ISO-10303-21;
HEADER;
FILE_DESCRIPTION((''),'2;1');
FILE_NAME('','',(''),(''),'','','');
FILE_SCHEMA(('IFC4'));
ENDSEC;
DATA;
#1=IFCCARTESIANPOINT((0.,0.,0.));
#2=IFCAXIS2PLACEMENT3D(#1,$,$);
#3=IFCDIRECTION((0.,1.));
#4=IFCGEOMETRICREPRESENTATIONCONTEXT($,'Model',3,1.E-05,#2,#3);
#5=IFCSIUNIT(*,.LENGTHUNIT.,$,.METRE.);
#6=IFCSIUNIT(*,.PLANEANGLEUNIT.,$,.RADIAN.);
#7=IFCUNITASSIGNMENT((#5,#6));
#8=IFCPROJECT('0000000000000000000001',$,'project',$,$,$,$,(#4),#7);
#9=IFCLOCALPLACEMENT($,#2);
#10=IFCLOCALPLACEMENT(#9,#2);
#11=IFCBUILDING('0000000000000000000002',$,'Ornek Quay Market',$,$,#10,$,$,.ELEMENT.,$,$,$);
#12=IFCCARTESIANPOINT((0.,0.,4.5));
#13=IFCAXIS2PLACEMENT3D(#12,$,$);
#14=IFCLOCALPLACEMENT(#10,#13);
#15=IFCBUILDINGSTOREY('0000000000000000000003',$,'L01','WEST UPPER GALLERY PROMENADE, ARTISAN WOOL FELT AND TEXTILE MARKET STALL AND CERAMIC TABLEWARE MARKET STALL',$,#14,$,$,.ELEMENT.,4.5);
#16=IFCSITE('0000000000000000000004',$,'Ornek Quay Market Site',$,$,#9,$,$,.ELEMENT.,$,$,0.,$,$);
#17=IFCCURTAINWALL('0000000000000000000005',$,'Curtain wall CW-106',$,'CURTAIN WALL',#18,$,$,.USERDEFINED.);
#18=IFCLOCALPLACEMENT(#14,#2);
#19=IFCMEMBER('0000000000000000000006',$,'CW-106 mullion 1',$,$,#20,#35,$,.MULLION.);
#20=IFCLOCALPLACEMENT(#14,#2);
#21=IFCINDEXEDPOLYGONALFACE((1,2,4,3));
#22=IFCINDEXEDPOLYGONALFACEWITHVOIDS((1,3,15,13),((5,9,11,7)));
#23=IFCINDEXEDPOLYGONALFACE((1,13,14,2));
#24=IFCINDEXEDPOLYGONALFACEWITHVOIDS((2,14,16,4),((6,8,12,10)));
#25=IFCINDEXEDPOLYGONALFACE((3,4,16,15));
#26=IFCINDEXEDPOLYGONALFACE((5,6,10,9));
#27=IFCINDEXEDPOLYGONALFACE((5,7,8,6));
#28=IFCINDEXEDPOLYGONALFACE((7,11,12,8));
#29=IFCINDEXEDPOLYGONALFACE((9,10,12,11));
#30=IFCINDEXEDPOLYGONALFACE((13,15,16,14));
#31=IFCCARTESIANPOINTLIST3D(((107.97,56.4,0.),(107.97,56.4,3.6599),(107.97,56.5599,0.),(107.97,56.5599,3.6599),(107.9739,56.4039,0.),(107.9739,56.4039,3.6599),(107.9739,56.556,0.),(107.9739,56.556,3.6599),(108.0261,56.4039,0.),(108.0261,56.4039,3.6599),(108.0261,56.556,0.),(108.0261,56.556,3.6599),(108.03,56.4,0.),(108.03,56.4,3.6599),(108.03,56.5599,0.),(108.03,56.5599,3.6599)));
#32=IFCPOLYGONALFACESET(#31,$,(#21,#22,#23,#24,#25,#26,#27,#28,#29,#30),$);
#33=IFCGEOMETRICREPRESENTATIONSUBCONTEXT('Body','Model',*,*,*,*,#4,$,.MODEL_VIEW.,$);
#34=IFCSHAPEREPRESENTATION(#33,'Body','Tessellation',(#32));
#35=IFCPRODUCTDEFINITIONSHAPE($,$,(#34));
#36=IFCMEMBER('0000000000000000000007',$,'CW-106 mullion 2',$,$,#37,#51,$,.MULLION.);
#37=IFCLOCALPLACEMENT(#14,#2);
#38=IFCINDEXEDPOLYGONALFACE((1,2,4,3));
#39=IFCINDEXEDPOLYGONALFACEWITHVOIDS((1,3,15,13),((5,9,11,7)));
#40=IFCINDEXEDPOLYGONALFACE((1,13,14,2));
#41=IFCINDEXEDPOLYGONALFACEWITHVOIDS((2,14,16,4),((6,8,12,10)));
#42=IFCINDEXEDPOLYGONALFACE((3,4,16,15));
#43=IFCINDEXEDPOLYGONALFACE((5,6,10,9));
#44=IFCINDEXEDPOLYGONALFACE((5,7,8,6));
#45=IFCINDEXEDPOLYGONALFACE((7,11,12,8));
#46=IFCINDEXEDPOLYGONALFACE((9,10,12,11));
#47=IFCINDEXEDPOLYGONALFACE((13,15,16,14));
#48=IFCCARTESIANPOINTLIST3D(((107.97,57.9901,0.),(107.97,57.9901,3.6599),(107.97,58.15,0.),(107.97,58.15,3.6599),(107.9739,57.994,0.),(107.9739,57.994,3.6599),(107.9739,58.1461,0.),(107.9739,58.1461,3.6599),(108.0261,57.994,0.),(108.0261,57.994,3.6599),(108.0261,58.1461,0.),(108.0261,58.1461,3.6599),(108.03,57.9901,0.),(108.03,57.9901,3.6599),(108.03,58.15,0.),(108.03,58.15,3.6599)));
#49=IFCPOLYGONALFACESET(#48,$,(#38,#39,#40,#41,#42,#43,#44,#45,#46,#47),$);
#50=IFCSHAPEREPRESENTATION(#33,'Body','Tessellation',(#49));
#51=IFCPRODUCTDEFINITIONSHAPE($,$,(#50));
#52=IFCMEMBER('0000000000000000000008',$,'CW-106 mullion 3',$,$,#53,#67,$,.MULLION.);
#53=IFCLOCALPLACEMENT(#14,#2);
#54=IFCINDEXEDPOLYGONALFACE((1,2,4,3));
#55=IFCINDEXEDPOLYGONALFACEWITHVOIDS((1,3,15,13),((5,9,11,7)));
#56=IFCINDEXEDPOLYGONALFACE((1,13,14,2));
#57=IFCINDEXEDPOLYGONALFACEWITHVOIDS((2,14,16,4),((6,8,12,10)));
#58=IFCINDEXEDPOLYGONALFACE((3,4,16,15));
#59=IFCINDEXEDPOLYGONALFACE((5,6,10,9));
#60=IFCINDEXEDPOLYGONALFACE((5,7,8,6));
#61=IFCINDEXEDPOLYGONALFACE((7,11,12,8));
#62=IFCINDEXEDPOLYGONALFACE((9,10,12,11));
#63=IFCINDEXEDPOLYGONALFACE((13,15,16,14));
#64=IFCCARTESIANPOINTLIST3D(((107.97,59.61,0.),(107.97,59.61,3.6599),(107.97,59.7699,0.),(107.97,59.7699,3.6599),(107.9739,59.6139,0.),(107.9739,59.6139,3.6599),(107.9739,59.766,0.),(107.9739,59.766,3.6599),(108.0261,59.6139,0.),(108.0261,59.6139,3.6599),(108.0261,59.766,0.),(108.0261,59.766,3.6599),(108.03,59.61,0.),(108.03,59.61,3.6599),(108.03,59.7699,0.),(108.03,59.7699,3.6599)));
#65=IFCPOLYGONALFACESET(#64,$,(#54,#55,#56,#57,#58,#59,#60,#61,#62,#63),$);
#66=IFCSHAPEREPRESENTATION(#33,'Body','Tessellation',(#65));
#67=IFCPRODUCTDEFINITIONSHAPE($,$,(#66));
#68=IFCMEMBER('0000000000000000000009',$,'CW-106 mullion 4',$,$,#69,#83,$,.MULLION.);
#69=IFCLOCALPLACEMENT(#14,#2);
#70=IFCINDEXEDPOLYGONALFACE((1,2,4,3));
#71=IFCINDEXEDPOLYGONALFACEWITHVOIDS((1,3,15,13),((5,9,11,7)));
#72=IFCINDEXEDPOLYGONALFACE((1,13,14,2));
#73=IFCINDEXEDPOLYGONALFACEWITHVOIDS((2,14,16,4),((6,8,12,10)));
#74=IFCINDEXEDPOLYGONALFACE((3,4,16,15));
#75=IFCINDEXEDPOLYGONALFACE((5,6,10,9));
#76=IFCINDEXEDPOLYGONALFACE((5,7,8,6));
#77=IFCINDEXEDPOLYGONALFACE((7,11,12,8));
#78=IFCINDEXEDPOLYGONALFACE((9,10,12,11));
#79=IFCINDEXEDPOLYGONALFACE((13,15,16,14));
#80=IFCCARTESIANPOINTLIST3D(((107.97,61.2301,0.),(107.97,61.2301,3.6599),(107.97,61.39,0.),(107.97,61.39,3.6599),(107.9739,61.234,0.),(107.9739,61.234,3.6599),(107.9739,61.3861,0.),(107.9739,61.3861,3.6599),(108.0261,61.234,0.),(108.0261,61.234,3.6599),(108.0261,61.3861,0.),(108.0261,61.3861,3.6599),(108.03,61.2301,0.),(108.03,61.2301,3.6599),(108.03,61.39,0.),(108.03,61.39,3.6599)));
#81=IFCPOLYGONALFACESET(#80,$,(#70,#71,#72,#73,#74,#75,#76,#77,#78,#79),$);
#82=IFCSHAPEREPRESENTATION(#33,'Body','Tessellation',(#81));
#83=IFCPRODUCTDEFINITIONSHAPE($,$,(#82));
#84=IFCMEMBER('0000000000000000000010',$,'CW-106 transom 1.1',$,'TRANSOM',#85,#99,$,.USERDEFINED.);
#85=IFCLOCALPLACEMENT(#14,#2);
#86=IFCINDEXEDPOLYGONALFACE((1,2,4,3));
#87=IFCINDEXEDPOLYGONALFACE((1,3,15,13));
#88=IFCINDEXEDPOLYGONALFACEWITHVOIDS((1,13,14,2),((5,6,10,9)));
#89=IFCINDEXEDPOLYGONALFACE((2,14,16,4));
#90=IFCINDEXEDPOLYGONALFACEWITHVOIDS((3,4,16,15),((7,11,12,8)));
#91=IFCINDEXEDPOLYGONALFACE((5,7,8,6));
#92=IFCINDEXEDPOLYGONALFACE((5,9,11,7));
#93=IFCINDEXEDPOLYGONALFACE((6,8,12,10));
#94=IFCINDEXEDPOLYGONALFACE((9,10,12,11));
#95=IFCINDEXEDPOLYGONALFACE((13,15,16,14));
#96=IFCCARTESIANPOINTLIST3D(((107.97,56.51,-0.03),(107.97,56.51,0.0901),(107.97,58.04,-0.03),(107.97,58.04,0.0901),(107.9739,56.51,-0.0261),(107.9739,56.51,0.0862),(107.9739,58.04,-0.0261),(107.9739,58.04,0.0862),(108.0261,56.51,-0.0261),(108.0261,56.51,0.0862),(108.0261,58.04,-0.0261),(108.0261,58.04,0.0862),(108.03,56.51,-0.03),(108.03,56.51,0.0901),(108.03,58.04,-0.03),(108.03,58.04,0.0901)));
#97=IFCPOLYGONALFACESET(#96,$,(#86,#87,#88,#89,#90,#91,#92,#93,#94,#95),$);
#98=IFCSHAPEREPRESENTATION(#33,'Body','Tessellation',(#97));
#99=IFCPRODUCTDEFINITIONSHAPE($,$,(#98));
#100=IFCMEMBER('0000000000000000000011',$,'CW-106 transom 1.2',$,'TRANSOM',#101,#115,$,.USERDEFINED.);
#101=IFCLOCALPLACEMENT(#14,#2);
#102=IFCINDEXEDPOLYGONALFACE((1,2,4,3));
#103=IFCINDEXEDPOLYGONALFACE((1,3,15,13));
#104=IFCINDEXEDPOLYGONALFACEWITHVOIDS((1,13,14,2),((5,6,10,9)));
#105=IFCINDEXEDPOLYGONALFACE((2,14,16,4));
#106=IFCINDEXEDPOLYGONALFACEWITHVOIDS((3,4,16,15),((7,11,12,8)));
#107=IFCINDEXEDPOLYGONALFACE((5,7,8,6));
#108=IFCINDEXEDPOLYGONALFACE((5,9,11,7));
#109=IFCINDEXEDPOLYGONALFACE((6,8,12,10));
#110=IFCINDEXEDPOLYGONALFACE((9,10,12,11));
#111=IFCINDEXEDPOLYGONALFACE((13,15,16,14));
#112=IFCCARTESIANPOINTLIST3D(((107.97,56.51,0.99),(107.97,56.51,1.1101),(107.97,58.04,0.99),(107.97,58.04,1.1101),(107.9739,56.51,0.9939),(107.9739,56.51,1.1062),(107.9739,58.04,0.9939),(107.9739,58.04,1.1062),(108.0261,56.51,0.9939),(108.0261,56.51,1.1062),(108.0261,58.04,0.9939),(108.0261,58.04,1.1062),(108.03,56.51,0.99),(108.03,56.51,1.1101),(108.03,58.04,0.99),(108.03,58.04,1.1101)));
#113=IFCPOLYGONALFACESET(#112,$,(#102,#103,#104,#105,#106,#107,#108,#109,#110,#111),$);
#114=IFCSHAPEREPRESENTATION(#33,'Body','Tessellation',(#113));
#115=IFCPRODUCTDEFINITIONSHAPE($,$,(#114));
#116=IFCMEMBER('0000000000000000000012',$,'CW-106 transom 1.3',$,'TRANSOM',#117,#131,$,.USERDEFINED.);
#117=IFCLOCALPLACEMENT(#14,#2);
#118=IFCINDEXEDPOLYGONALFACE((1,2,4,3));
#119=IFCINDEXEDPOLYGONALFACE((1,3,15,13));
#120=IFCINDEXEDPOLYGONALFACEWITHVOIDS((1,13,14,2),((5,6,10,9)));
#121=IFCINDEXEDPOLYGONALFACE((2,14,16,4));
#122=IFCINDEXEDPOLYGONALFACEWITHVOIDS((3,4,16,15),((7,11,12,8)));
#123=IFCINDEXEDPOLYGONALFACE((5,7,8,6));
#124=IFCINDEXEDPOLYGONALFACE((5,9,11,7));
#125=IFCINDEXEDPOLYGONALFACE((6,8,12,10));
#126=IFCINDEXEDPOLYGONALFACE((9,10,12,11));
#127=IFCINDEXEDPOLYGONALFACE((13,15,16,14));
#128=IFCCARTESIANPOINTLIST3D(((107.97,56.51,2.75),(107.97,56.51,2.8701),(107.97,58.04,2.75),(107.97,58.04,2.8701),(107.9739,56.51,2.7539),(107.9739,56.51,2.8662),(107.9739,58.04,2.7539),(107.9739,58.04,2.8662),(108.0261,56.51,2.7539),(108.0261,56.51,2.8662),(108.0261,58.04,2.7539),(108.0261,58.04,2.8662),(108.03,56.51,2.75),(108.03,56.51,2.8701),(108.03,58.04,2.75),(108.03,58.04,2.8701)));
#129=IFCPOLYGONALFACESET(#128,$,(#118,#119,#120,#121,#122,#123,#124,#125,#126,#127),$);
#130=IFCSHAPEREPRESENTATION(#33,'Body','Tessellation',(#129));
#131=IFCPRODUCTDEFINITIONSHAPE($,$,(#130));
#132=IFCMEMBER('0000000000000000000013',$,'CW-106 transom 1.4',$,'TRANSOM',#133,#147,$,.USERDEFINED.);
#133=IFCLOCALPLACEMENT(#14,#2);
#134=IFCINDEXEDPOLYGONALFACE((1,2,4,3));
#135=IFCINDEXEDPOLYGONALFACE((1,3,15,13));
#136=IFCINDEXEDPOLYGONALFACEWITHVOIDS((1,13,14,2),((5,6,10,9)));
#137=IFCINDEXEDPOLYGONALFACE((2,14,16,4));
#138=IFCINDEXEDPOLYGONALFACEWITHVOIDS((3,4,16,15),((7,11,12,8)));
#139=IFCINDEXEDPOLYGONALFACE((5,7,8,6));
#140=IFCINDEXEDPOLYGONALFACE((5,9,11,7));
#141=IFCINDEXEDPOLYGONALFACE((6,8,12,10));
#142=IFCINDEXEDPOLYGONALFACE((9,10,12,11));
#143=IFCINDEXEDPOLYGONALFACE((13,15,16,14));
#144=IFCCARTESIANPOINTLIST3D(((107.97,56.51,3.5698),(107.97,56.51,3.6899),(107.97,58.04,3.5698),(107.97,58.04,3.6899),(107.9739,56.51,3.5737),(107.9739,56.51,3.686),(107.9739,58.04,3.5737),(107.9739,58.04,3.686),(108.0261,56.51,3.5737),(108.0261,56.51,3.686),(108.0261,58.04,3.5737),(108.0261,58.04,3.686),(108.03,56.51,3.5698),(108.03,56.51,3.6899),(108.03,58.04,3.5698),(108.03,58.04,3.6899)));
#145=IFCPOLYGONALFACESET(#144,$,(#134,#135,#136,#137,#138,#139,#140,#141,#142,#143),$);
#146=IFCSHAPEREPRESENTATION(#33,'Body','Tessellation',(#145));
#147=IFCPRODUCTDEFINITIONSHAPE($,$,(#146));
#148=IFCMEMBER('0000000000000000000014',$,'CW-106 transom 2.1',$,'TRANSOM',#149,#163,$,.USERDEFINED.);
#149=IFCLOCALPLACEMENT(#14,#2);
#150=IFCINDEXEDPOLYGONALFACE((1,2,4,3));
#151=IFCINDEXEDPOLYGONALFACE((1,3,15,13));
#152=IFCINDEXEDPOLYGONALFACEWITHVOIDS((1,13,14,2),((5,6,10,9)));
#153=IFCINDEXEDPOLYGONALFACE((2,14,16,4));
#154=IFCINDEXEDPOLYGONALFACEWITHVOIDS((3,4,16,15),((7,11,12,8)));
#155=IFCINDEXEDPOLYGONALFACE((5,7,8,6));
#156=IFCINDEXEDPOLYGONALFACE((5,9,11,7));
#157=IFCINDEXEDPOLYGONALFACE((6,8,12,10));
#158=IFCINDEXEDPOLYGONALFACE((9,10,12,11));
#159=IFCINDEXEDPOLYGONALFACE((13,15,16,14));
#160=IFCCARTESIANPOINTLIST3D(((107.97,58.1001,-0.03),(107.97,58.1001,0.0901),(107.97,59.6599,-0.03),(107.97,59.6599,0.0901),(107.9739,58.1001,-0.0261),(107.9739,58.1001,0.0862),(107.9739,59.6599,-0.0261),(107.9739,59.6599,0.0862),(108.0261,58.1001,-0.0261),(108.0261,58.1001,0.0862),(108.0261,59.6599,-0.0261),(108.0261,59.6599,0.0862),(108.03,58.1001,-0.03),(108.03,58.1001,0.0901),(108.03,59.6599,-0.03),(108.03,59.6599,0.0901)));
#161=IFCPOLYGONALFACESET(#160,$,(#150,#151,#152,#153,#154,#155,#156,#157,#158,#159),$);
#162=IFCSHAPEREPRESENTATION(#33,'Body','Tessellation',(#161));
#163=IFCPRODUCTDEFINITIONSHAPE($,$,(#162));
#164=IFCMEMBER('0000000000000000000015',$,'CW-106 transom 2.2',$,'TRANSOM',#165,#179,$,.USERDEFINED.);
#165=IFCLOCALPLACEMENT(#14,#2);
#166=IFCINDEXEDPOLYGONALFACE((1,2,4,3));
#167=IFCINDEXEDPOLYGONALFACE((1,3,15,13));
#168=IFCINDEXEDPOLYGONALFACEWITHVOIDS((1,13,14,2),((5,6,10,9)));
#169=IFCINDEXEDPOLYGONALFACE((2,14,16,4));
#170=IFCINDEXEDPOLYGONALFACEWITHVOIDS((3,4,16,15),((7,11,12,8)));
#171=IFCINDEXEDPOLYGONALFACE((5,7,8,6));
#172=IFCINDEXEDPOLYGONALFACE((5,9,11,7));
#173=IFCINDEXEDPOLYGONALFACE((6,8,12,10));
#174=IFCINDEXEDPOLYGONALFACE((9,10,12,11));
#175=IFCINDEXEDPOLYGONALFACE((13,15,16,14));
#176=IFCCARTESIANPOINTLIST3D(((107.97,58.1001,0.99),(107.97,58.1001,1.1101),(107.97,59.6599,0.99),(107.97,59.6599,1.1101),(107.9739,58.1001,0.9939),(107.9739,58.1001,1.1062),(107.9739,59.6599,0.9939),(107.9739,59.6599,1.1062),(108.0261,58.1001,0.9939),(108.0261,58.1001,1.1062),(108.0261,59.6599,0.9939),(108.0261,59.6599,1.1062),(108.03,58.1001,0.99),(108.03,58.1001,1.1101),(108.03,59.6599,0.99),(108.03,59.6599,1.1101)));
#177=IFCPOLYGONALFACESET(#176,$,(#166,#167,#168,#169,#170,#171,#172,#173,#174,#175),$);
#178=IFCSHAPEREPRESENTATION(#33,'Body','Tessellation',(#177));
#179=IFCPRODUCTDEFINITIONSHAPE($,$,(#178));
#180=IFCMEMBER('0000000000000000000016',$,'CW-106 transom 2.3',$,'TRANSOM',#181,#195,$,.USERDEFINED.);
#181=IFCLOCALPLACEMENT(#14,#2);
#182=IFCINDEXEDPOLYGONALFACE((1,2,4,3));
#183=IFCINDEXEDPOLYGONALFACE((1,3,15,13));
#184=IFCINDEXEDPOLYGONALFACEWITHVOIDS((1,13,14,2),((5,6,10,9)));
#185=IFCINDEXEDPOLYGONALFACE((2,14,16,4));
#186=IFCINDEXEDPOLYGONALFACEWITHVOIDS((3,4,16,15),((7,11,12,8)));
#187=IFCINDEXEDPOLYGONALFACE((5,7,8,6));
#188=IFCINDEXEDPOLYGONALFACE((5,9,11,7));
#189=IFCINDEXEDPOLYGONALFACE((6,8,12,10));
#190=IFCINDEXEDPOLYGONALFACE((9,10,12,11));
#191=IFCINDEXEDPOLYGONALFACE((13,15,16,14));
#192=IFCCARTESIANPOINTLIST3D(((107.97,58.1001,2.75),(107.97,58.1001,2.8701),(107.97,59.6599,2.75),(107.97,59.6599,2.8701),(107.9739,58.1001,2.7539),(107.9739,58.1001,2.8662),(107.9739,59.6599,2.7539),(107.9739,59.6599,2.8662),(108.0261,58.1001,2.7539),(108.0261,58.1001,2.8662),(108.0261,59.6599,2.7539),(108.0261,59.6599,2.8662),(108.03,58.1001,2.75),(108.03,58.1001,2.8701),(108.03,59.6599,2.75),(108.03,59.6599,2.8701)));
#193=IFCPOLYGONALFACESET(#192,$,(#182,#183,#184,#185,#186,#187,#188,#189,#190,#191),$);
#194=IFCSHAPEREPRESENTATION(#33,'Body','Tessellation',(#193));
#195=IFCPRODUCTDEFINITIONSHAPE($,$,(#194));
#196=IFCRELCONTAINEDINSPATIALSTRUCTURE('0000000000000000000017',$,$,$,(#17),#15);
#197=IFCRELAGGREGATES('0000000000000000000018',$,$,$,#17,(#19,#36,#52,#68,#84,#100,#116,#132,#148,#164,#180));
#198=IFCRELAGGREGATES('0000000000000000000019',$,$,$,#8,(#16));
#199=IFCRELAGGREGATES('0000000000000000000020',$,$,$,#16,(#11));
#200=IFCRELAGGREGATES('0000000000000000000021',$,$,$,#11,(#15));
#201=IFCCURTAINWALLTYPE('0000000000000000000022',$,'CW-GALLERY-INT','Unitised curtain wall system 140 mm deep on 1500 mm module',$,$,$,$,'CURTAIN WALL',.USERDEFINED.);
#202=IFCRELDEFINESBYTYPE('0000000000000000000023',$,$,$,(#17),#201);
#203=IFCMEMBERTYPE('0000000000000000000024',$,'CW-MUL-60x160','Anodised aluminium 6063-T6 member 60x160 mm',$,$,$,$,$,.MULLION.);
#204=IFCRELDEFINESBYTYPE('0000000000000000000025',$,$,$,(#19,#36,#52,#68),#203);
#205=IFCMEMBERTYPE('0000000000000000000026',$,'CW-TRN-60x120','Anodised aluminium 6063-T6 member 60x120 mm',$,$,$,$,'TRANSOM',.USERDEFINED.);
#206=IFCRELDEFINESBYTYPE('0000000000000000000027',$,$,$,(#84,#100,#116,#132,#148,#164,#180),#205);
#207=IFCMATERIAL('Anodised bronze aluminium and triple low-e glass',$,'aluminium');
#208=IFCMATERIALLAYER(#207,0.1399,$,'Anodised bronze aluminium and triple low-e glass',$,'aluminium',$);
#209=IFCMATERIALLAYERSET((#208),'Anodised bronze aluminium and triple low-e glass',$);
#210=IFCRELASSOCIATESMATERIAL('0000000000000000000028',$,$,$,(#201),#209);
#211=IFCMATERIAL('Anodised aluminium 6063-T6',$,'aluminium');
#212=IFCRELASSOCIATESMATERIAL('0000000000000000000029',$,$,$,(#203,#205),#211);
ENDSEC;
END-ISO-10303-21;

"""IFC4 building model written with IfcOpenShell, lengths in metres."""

from ifc_helpers import new_model, si_unit, direction, frame, origin, origin_2d, place, context, subcontext, project, spatial, hollow_rectangle, extrude, material, layer, layer_set, material_profile, profile_set, type_object, element, aggregate, save


model = new_model("IFC4")

# Units and contexts
model_context = context("Model", 3, precision=1e-05, world=origin(), true_north=direction((0.0, 1.0)))
body_context = subcontext(model_context, "Body", "Model", "MODEL_VIEW")
ifc_project = project(units=[si_unit("LENGTHUNIT", "METRE"), si_unit("PLANEANGLEUNIT", "RADIAN")], contexts=[model_context])

# Site, building, storey
site_placement = place(None, origin())
site = spatial("IfcSite", under=ifc_project, at=site_placement, Name="Ornek Quay Market Site", CompositionType="ELEMENT", RefElevation=0.0)
building_placement = place(site_placement, origin())
building = spatial("IfcBuilding", under=site, at=building_placement, Name="Ornek Quay Market", CompositionType="ELEMENT")
storey_placement = place(building_placement, frame((0.0, 0.0, 4.5)))
storey = spatial("IfcBuildingStorey", under=building, at=storey_placement, Name="L01", Description="WEST UPPER GALLERY PROMENADE, ARTISAN WOOL FELT AND TEXTILE MARKET STALL AND CERAMIC TABLEWARE MARKET STALL", CompositionType="ELEMENT", Elevation=4.5)

# Curtain wall, members
ifc_material_1 = material(Name="Anodised bronze aluminium and triple low-e glass", Category="aluminium")
ifc_layer_1 = layer(ifc_material_1, 0.1399, Name="Anodised bronze aluminium and triple low-e glass", Category="aluminium")
ifc_layer_set_1 = layer_set([ifc_layer_1], Name="Anodised bronze aluminium and triple low-e glass")
curtain_wall_type = type_object("IfcCurtainWallType", Name="CW-GALLERY-INT", Description="Unitised curtain wall system 140 mm deep on 1500 mm module", ElementType="CURTAIN WALL", PredefinedType="USERDEFINED", material=ifc_layer_set_1)
curtain_wall_placement = place(storey_placement, origin())
curtain_wall = element("IfcCurtainWall", 1, at=curtain_wall_placement, inside=storey, type_object=curtain_wall_type, Name="Curtain wall CW-106", ObjectType="CURTAIN WALL", PredefinedType="USERDEFINED")
ifc_material_2 = material(Name="Anodised aluminium 6063-T6", Category="aluminium")
ifc_material_profile_1 = material_profile(ifc_material_2, hollow_rectangle(XDim=0.0601, YDim=0.1599, WallThickness=0.0039, at=origin_2d()), Name="CW-MUL-60x160", Category="aluminium")
ifc_profile_set_1 = profile_set([ifc_material_profile_1], Name="Anodised aluminium 6063-T6")
member_type_1 = type_object("IfcMemberType", Name="CW-MUL-60x160", Description="Anodised aluminium 6063-T6 member 60x160 mm", PredefinedType="MULLION", material=ifc_profile_set_1)
member_1_placement = place(storey_placement, frame((108.0, 56.48, 0.0), z_axis=(0.0, 0.0, 1.0), x_axis=(-1.0, 0.0, 0.0)))
member_1 = element("IfcMember", 2, at=member_1_placement, type_object=member_type_1, Name="CW-106 mullion 1", PredefinedType="MULLION", context=body_context, shape_type="SweptSolid", body=[
    extrude(hollow_rectangle(XDim=0.0601, YDim=0.1599, WallThickness=0.0039, at=origin_2d()), origin(), (0.0, 0.0, 1.0), 3.6599),
])
member_2_placement = place(storey_placement, frame((108.0, 58.0701, 0.0), z_axis=(0.0, 0.0, 1.0), x_axis=(-1.0, 0.0, 0.0)))
member_2 = element("IfcMember", 3, at=member_2_placement, type_object=member_type_1, Name="CW-106 mullion 2", PredefinedType="MULLION", context=body_context, shape_type="SweptSolid", body=[
    extrude(hollow_rectangle(XDim=0.0601, YDim=0.1599, WallThickness=0.0039, at=origin_2d()), origin(), (0.0, 0.0, 1.0), 3.6599),
])
member_3_placement = place(storey_placement, frame((108.0, 59.6899, 0.0), z_axis=(0.0, 0.0, 1.0), x_axis=(-1.0, 0.0, 0.0)))
member_3 = element("IfcMember", 4, at=member_3_placement, type_object=member_type_1, Name="CW-106 mullion 3", PredefinedType="MULLION", context=body_context, shape_type="SweptSolid", body=[
    extrude(hollow_rectangle(XDim=0.0601, YDim=0.1599, WallThickness=0.0039, at=origin_2d()), origin(), (0.0, 0.0, 1.0), 3.6599),
])
member_4_placement = place(storey_placement, frame((108.0, 61.3101, 0.0), z_axis=(0.0, 0.0, 1.0), x_axis=(-1.0, 0.0, 0.0)))
member_4 = element("IfcMember", 5, at=member_4_placement, type_object=member_type_1, Name="CW-106 mullion 4", PredefinedType="MULLION", context=body_context, shape_type="SweptSolid", body=[
    extrude(hollow_rectangle(XDim=0.0601, YDim=0.1599, WallThickness=0.0039, at=origin_2d()), origin(), (0.0, 0.0, 1.0), 3.6599),
])
ifc_material_profile_2 = material_profile(ifc_material_2, hollow_rectangle(XDim=0.0601, YDim=0.1201, WallThickness=0.0039, at=origin_2d()), Name="CW-TRN-60x120", Category="aluminium")
ifc_profile_set_2 = profile_set([ifc_material_profile_2], Name="Anodised aluminium 6063-T6")
member_type_2 = type_object("IfcMemberType", Name="CW-TRN-60x120", Description="Anodised aluminium 6063-T6 member 60x120 mm", ElementType="TRANSOM", PredefinedType="USERDEFINED", material=ifc_profile_set_2)
member_5_placement = place(storey_placement, frame((108.0, 56.51, 0.03), z_axis=(0.0, 1.0, 0.0), x_axis=(-1.0, 0.0, 0.0)))
member_5 = element("IfcMember", 6, at=member_5_placement, type_object=member_type_2, Name="CW-106 transom 1.1", ObjectType="TRANSOM", PredefinedType="USERDEFINED", context=body_context, shape_type="SweptSolid", body=[
    extrude(hollow_rectangle(XDim=0.0601, YDim=0.1201, WallThickness=0.0039, at=origin_2d()), origin(), (0.0, 0.0, 1.0), 1.53),
])
member_6_placement = place(storey_placement, frame((108.0, 56.51, 1.05), z_axis=(0.0, 1.0, 0.0), x_axis=(-1.0, 0.0, 0.0)))
member_6 = element("IfcMember", 7, at=member_6_placement, type_object=member_type_2, Name="CW-106 transom 1.2", ObjectType="TRANSOM", PredefinedType="USERDEFINED", context=body_context, shape_type="SweptSolid", body=[
    extrude(hollow_rectangle(XDim=0.0601, YDim=0.1201, WallThickness=0.0039, at=origin_2d()), origin(), (0.0, 0.0, 1.0), 1.53),
])
member_7_placement = place(storey_placement, frame((108.0, 56.51, 2.8101), z_axis=(0.0, 1.0, 0.0), x_axis=(-1.0, 0.0, 0.0)))
member_7 = element("IfcMember", 8, at=member_7_placement, type_object=member_type_2, Name="CW-106 transom 1.3", ObjectType="TRANSOM", PredefinedType="USERDEFINED", context=body_context, shape_type="SweptSolid", body=[
    extrude(hollow_rectangle(XDim=0.0601, YDim=0.1201, WallThickness=0.0039, at=origin_2d()), origin(), (0.0, 0.0, 1.0), 1.53),
])
member_8_placement = place(storey_placement, frame((108.0, 56.51, 3.6299), z_axis=(0.0, 1.0, 0.0), x_axis=(-1.0, 0.0, 0.0)))
member_8 = element("IfcMember", 9, at=member_8_placement, type_object=member_type_2, Name="CW-106 transom 1.4", ObjectType="TRANSOM", PredefinedType="USERDEFINED", context=body_context, shape_type="SweptSolid", body=[
    extrude(hollow_rectangle(XDim=0.0601, YDim=0.1201, WallThickness=0.0039, at=origin_2d()), origin(), (0.0, 0.0, 1.0), 1.53),
])
member_9_placement = place(storey_placement, frame((108.0, 58.1001, 0.03), z_axis=(0.0, 1.0, 0.0), x_axis=(-1.0, 0.0, 0.0)))
member_9 = element("IfcMember", 10, at=member_9_placement, type_object=member_type_2, Name="CW-106 transom 2.1", ObjectType="TRANSOM", PredefinedType="USERDEFINED", context=body_context, shape_type="SweptSolid", body=[
    extrude(hollow_rectangle(XDim=0.0601, YDim=0.1201, WallThickness=0.0039, at=origin_2d()), origin(), (0.0, 0.0, 1.0), 1.5598),
])
member_10_placement = place(storey_placement, frame((108.0, 58.1001, 1.05), z_axis=(0.0, 1.0, 0.0), x_axis=(-1.0, 0.0, 0.0)))
member_10 = element("IfcMember", 11, at=member_10_placement, type_object=member_type_2, Name="CW-106 transom 2.2", ObjectType="TRANSOM", PredefinedType="USERDEFINED", context=body_context, shape_type="SweptSolid", body=[
    extrude(hollow_rectangle(XDim=0.0601, YDim=0.1201, WallThickness=0.0039, at=origin_2d()), origin(), (0.0, 0.0, 1.0), 1.5598),
])
member_11_placement = place(storey_placement, frame((108.0, 58.1001, 2.8101), z_axis=(0.0, 1.0, 0.0), x_axis=(-1.0, 0.0, 0.0)))
member_11 = element("IfcMember", 12, at=member_11_placement, type_object=member_type_2, Name="CW-106 transom 2.3", ObjectType="TRANSOM", PredefinedType="USERDEFINED", context=body_context, shape_type="SweptSolid", body=[
    extrude(hollow_rectangle(XDim=0.0601, YDim=0.1201, WallThickness=0.0039, at=origin_2d()), origin(), (0.0, 0.0, 1.0), 1.5598),
])
aggregate(curtain_wall, [member_1, member_2, member_3, member_4, member_5, member_6, member_7, member_8, member_9, member_10, member_11])

save(model, "model.ifc")
